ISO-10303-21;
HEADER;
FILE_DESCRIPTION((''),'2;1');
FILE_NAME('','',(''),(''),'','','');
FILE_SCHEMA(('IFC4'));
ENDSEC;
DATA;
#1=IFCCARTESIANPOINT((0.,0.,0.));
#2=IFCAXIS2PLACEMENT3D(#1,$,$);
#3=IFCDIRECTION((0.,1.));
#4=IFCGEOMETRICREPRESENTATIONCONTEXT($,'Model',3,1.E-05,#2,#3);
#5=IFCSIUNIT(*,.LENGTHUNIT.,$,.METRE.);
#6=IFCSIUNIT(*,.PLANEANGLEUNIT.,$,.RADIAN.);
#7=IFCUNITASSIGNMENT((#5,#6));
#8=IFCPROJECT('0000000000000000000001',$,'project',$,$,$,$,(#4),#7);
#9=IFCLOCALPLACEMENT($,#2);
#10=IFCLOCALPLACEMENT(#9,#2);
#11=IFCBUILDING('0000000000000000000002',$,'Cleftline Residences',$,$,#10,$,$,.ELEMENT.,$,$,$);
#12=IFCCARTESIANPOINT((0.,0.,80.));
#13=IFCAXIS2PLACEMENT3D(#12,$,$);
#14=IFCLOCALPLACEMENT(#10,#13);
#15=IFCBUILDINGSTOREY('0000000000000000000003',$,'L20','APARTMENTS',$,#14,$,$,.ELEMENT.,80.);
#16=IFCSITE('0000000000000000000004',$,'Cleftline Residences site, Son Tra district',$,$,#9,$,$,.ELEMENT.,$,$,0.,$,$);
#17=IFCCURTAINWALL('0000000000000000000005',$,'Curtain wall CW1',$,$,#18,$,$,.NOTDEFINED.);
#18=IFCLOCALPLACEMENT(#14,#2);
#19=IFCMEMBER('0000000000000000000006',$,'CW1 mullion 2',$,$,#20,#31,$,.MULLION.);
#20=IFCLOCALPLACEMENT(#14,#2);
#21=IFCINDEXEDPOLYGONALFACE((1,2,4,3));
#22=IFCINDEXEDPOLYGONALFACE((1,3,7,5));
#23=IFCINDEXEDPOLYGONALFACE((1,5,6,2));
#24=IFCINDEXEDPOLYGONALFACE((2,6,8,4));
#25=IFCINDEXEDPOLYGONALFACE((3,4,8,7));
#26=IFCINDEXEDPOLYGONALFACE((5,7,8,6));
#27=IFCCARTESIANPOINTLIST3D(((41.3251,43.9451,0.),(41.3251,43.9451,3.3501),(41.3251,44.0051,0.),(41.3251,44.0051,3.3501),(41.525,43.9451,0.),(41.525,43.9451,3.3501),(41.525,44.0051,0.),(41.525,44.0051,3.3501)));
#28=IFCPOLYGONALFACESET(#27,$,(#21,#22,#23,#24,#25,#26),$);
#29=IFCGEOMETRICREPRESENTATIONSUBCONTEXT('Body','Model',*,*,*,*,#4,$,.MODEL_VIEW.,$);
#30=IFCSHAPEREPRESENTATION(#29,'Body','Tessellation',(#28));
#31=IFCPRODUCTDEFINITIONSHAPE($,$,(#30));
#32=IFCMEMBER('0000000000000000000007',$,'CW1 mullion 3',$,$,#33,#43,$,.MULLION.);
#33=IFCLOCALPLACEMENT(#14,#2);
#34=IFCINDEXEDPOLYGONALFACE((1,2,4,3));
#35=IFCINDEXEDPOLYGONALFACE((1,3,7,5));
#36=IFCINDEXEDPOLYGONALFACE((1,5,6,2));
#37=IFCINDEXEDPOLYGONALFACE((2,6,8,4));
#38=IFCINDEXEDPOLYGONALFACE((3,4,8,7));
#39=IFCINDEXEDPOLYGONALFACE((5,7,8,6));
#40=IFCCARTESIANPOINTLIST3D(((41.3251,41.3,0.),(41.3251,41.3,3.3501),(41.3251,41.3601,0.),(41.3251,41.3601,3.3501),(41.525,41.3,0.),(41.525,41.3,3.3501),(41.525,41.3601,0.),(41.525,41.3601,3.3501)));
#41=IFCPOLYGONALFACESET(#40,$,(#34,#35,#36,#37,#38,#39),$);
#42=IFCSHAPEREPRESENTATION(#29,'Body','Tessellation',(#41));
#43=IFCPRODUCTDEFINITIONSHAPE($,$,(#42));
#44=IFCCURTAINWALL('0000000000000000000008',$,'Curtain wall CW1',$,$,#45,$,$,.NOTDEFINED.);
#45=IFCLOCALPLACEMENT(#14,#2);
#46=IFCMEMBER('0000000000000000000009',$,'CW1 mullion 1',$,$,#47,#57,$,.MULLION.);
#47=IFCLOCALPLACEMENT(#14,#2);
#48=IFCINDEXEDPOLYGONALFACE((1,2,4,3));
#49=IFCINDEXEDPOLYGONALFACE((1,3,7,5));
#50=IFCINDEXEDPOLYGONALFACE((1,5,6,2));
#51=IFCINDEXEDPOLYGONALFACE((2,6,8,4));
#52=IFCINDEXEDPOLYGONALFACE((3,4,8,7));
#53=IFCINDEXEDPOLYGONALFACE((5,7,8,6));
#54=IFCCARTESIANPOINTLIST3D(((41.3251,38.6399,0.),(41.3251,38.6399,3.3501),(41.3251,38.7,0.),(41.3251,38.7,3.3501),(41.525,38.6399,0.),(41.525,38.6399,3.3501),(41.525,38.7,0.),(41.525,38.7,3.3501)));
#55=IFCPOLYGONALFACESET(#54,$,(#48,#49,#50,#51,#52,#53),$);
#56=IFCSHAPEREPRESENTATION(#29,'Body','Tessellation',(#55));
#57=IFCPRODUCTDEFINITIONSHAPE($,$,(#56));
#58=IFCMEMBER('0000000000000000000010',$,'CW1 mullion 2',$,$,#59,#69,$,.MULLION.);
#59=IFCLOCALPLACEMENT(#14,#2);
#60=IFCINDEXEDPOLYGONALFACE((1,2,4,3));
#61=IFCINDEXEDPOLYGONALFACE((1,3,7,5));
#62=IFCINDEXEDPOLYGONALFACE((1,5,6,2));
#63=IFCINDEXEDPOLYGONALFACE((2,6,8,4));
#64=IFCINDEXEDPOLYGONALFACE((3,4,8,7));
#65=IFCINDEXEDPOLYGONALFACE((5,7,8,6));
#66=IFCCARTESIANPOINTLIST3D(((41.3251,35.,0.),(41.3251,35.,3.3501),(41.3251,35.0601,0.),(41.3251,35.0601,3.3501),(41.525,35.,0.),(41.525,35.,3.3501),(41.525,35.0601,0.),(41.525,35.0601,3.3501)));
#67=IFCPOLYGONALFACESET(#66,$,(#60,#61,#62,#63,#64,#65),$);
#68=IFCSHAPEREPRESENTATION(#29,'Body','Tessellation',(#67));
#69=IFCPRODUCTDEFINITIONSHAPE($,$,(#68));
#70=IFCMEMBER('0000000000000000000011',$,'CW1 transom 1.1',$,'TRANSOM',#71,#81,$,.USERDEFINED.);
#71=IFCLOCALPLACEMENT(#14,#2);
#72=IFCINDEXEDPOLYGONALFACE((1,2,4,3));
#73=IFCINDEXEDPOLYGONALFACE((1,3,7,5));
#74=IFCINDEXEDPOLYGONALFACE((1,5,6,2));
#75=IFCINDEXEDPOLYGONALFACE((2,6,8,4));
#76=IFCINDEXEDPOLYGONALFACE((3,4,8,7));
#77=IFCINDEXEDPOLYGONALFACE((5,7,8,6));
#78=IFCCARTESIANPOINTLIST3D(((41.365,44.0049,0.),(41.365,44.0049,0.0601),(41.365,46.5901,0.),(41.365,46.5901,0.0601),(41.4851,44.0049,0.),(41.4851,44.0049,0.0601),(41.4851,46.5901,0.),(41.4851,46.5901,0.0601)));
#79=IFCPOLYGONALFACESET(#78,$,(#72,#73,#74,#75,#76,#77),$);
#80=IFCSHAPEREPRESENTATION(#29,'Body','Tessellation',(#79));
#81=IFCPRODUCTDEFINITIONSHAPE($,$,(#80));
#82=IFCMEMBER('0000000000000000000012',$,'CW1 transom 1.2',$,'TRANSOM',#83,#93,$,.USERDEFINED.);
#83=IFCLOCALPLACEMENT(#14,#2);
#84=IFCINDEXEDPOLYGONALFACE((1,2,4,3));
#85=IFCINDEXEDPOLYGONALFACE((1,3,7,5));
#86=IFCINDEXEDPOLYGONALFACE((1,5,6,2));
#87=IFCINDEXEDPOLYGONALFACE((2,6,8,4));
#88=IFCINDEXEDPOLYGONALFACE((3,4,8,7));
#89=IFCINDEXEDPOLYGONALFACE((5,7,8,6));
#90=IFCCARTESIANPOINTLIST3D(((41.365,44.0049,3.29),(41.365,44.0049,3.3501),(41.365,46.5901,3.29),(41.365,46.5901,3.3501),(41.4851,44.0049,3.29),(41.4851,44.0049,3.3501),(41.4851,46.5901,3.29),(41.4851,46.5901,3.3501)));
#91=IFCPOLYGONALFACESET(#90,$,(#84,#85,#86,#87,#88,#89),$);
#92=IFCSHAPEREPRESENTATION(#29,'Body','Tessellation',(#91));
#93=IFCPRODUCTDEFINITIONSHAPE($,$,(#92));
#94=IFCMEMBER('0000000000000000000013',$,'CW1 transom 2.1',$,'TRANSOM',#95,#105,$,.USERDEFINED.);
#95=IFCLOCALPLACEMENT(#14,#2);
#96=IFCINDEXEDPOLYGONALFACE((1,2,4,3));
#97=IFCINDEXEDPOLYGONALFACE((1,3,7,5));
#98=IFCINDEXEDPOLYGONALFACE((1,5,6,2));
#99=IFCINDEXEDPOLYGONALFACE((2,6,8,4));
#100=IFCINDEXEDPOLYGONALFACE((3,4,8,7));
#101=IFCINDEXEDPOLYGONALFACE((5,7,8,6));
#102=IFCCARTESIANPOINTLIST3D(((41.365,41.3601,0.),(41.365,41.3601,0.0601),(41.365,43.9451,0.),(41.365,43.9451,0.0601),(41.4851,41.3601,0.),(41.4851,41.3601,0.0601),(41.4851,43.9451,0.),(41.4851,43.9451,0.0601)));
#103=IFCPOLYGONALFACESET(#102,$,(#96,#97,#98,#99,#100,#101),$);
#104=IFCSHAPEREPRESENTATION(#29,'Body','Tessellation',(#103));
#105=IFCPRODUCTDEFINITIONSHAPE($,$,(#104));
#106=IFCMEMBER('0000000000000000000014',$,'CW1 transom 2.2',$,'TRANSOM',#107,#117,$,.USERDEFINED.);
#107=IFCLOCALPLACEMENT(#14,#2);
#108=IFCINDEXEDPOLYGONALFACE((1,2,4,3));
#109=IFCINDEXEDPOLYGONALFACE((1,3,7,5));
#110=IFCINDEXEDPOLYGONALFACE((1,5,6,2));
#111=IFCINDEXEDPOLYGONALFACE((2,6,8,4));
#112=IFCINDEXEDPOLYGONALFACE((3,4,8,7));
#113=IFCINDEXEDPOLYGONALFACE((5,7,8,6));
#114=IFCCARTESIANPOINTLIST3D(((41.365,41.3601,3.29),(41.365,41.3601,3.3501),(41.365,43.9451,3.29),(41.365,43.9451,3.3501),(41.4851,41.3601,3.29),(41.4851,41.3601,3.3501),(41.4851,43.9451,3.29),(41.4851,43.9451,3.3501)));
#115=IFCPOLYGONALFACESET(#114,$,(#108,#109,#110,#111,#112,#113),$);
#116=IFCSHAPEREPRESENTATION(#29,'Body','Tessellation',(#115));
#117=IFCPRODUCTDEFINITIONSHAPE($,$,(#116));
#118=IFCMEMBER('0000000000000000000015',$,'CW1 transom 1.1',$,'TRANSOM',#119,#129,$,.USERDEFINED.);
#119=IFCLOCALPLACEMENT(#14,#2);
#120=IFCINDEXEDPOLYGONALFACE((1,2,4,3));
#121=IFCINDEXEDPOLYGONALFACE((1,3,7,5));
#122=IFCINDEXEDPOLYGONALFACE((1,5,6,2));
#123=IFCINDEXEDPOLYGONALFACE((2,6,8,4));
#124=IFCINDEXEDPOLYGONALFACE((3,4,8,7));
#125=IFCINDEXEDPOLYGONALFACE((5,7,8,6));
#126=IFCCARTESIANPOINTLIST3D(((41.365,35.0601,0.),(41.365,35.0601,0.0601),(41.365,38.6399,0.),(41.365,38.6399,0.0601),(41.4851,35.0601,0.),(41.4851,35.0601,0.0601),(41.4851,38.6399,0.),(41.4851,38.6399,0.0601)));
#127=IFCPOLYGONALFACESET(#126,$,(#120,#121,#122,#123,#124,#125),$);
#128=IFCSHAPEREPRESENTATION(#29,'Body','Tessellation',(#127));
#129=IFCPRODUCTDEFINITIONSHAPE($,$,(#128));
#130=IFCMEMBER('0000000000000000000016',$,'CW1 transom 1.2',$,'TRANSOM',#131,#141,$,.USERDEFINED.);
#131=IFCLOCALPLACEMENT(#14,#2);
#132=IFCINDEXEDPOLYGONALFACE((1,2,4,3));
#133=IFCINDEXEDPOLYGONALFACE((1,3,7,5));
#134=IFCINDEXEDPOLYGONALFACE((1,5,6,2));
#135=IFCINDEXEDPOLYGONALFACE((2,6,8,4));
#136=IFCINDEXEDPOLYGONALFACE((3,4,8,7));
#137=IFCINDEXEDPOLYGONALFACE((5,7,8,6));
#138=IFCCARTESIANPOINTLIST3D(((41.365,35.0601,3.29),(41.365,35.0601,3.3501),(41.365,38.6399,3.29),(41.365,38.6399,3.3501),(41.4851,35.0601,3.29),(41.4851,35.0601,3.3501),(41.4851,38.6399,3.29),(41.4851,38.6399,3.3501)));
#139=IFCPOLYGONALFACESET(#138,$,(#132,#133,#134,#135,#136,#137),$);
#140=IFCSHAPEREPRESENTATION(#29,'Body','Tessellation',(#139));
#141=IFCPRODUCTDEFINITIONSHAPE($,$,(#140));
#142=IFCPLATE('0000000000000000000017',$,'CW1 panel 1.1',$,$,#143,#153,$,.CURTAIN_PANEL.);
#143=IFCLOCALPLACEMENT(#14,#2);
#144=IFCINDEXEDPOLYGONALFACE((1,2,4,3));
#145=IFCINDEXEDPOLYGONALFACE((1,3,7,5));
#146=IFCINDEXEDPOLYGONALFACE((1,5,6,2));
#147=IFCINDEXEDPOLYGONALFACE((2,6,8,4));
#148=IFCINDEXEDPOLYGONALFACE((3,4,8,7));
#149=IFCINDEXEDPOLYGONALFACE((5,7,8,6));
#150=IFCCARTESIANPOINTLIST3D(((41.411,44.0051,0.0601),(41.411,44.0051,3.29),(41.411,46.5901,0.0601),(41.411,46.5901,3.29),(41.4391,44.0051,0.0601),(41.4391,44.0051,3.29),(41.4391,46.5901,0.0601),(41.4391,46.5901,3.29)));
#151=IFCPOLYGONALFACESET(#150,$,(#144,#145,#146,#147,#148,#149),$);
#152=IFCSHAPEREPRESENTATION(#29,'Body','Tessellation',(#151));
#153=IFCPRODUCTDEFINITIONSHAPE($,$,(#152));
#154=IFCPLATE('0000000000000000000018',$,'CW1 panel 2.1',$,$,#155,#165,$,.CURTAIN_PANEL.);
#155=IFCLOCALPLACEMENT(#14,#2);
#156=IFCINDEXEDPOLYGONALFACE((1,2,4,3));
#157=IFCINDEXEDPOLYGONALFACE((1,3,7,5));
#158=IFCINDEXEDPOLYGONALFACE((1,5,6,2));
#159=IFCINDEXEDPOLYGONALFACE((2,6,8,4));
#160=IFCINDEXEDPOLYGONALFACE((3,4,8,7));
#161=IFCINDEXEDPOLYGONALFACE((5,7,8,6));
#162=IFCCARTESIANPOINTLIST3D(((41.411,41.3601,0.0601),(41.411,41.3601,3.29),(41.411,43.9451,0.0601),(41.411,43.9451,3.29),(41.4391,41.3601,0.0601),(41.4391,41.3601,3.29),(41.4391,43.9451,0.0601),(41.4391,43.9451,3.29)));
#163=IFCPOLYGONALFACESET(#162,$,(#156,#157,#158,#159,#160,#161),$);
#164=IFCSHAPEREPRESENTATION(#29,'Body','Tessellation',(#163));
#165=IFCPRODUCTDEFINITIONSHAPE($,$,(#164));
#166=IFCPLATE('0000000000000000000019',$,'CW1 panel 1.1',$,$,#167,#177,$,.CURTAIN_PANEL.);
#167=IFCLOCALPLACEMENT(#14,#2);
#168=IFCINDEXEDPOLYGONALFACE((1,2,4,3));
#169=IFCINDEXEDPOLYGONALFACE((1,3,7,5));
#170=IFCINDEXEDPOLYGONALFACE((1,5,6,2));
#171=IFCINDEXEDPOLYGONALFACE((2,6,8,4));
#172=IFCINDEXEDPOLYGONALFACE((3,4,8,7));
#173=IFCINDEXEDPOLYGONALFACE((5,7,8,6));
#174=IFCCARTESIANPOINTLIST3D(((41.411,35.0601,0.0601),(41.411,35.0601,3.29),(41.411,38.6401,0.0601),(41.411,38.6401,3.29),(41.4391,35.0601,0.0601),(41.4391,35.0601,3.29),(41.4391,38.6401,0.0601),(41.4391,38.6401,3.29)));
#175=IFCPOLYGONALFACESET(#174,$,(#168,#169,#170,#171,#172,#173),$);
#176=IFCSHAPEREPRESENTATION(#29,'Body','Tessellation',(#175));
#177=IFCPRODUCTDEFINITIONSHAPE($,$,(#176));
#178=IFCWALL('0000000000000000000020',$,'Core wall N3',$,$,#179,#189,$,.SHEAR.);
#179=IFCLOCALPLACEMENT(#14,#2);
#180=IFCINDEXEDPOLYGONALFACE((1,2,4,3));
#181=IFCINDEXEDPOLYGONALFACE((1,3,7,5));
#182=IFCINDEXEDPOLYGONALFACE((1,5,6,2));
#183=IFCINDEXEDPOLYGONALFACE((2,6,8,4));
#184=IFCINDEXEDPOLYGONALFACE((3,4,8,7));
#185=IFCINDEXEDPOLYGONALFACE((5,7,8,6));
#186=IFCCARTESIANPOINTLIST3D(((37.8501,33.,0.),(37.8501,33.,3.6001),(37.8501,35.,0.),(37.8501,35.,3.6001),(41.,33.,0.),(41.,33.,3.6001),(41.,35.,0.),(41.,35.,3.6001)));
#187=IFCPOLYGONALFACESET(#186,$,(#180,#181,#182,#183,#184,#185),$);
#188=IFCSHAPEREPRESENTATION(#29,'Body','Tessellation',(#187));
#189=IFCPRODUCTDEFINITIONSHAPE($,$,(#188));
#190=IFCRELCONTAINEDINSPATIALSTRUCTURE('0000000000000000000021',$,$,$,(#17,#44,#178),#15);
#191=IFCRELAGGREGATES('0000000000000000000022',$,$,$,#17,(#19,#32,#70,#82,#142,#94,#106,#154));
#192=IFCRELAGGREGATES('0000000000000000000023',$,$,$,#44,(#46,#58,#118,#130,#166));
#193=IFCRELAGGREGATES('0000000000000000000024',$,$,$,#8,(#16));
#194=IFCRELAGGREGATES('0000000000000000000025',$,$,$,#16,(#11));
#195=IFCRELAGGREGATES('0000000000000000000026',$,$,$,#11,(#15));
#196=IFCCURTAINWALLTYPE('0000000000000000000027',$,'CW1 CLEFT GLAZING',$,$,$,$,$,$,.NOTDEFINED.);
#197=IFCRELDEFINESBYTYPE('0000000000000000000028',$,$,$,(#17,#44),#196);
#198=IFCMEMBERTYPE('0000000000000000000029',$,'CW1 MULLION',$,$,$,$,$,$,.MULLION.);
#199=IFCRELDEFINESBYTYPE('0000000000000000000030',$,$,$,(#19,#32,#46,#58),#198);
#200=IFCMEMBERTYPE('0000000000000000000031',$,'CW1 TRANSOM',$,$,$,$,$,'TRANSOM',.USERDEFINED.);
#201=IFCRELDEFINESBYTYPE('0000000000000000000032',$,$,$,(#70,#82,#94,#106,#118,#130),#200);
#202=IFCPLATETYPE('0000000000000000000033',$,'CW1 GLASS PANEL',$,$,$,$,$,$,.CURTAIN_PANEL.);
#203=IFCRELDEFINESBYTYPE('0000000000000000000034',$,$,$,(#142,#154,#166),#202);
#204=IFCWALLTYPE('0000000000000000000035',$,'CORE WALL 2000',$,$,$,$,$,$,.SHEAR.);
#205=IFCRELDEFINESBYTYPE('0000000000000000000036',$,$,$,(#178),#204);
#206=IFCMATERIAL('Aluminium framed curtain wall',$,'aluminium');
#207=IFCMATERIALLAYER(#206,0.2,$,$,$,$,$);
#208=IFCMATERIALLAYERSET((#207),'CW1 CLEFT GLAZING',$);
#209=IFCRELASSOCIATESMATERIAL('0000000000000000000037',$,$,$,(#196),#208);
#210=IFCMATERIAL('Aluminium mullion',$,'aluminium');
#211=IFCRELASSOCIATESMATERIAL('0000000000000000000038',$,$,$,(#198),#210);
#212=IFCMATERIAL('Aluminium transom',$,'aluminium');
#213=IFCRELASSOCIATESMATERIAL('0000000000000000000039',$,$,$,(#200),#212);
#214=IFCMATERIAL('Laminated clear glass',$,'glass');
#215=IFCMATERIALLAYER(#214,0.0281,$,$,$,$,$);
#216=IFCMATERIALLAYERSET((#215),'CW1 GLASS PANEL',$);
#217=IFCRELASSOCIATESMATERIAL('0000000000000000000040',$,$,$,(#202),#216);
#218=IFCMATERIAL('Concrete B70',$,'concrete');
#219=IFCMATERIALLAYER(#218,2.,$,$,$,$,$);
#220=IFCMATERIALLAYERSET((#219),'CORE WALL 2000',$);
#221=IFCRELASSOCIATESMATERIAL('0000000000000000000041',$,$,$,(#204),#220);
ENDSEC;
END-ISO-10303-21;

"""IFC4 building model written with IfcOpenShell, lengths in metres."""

from ifc_helpers import new_model, si_unit, direction, frame, frame_2d, origin, origin_2d, place, context, subcontext, project, spatial, rectangle, extrude, material, layer, layer_set, material_profile, profile_set, type_object, element, aggregate, save


model = new_model("IFC4")

# Units and contexts
model_context = context("Model", 3, precision=1e-05, world=origin(), true_north=direction((0.0, 1.0)))
body_context = subcontext(model_context, "Body", "Model", "MODEL_VIEW")
ifc_project = project(units=[si_unit("LENGTHUNIT", "METRE"), si_unit("PLANEANGLEUNIT", "RADIAN")], contexts=[model_context])

# Site, building, storey
site_placement = place(None, origin())
site = spatial("IfcSite", under=ifc_project, at=site_placement, Name="Cleftline Residences site, Son Tra district", CompositionType="ELEMENT", RefElevation=0.0)
building_placement = place(site_placement, origin())
building = spatial("IfcBuilding", under=site, at=building_placement, Name="Cleftline Residences", CompositionType="ELEMENT")
storey_placement = place(building_placement, frame((0.0, 0.0, 80.0)))
storey = spatial("IfcBuildingStorey", under=building, at=storey_placement, Name="L20", Description="APARTMENTS", CompositionType="ELEMENT", Elevation=80.0)

# Curtain walls, members
ifc_material_1 = material(Name="Aluminium framed curtain wall", Category="aluminium")
ifc_layer_1 = layer(ifc_material_1, 0.2)
ifc_layer_set_1 = layer_set([ifc_layer_1], Name="CW1 CLEFT GLAZING")
curtain_wall_type = type_object("IfcCurtainWallType", Name="CW1 CLEFT GLAZING", PredefinedType="NOTDEFINED", material=ifc_layer_set_1)
curtain_wall_1_placement = place(storey_placement, origin())
curtain_wall_1 = element("IfcCurtainWall", 1, at=curtain_wall_1_placement, inside=storey, type_object=curtain_wall_type, Name="Curtain wall CW1", PredefinedType="NOTDEFINED")
ifc_material_2 = material(Name="Aluminium mullion", Category="aluminium")
ifc_material_profile_1 = material_profile(ifc_material_2, rectangle(XDim=0.2, YDim=0.0601, at=origin_2d()))
ifc_profile_set_1 = profile_set([ifc_material_profile_1], Name="Aluminium mullion")
member_type_1 = type_object("IfcMemberType", Name="CW1 MULLION", PredefinedType="MULLION", material=ifc_profile_set_1)
member_1_placement = place(storey_placement, frame((41.425, 43.9751, 0.0), z_axis=(0.0, 0.0, 1.0), x_axis=(1.0, 0.0, 0.0)))
member_1 = element("IfcMember", 2, at=member_1_placement, type_object=member_type_1, Name="CW1 mullion 2", PredefinedType="MULLION", context=body_context, shape_type="SweptSolid", body=[
    extrude(rectangle(XDim=0.2, YDim=0.0601, at=origin_2d()), origin(), (0.0, 0.0, 1.0), 3.3501),
])
member_2_placement = place(storey_placement, frame((41.425, 41.3301, 0.0), z_axis=(0.0, 0.0, 1.0), x_axis=(1.0, 0.0, 0.0)))
member_2 = element("IfcMember", 3, at=member_2_placement, type_object=member_type_1, Name="CW1 mullion 3", PredefinedType="MULLION", context=body_context, shape_type="SweptSolid", body=[
    extrude(rectangle(XDim=0.2, YDim=0.0601, at=origin_2d()), origin(), (0.0, 0.0, 1.0), 3.3501),
])
curtain_wall_2_placement = place(storey_placement, origin())
curtain_wall_2 = element("IfcCurtainWall", 4, at=curtain_wall_2_placement, inside=storey, type_object=curtain_wall_type, Name="Curtain wall CW1", PredefinedType="NOTDEFINED")
member_3_placement = place(storey_placement, frame((41.425, 38.6699, 0.0), z_axis=(0.0, 0.0, 1.0), x_axis=(1.0, 0.0, 0.0)))
member_3 = element("IfcMember", 5, at=member_3_placement, type_object=member_type_1, Name="CW1 mullion 1", PredefinedType="MULLION", context=body_context, shape_type="SweptSolid", body=[
    extrude(rectangle(XDim=0.2, YDim=0.0601, at=origin_2d()), origin(), (0.0, 0.0, 1.0), 3.3501),
])
member_4_placement = place(storey_placement, frame((41.425, 35.03, 0.0), z_axis=(0.0, 0.0, 1.0), x_axis=(1.0, 0.0, 0.0)))
member_4 = element("IfcMember", 6, at=member_4_placement, type_object=member_type_1, Name="CW1 mullion 2", PredefinedType="MULLION", context=body_context, shape_type="SweptSolid", body=[
    extrude(rectangle(XDim=0.2, YDim=0.0601, at=origin_2d()), origin(), (0.0, 0.0, 1.0), 3.3501),
])

# Members
ifc_material_3 = material(Name="Aluminium transom", Category="aluminium")
ifc_material_profile_2 = material_profile(ifc_material_3, rectangle(XDim=0.1201, YDim=0.0601, at=origin_2d()))
ifc_profile_set_2 = profile_set([ifc_material_profile_2], Name="Aluminium transom")
member_type_2 = type_object("IfcMemberType", Name="CW1 TRANSOM", ElementType="TRANSOM", PredefinedType="USERDEFINED", material=ifc_profile_set_2)
member_5_placement = place(storey_placement, frame((41.425, 46.5901, 0.03), z_axis=(0.0, -1.0, 0.0), x_axis=(1.0, 0.0, 0.0)))
member_5 = element("IfcMember", 7, at=member_5_placement, type_object=member_type_2, Name="CW1 transom 1.1", ObjectType="TRANSOM", PredefinedType="USERDEFINED", context=body_context, shape_type="SweptSolid", body=[
    extrude(rectangle(XDim=0.1201, YDim=0.0601, at=origin_2d()), origin(), (0.0, 0.0, 1.0), 2.5852),
])
member_6_placement = place(storey_placement, frame((41.425, 46.5901, 3.3201), z_axis=(0.0, -1.0, 0.0), x_axis=(1.0, 0.0, 0.0)))
member_6 = element("IfcMember", 8, at=member_6_placement, type_object=member_type_2, Name="CW1 transom 1.2", ObjectType="TRANSOM", PredefinedType="USERDEFINED", context=body_context, shape_type="SweptSolid", body=[
    extrude(rectangle(XDim=0.1201, YDim=0.0601, at=origin_2d()), origin(), (0.0, 0.0, 1.0), 2.5852),
])
member_7_placement = place(storey_placement, frame((41.425, 43.9451, 0.03), z_axis=(0.0, -1.0, 0.0), x_axis=(1.0, 0.0, 0.0)))
member_7 = element("IfcMember", 9, at=member_7_placement, type_object=member_type_2, Name="CW1 transom 2.1", ObjectType="TRANSOM", PredefinedType="USERDEFINED", context=body_context, shape_type="SweptSolid", body=[
    extrude(rectangle(XDim=0.1201, YDim=0.0601, at=origin_2d()), origin(), (0.0, 0.0, 1.0), 2.585),
])
member_8_placement = place(storey_placement, frame((41.425, 43.9451, 3.3201), z_axis=(0.0, -1.0, 0.0), x_axis=(1.0, 0.0, 0.0)))
member_8 = element("IfcMember", 10, at=member_8_placement, type_object=member_type_2, Name="CW1 transom 2.2", ObjectType="TRANSOM", PredefinedType="USERDEFINED", context=body_context, shape_type="SweptSolid", body=[
    extrude(rectangle(XDim=0.1201, YDim=0.0601, at=origin_2d()), origin(), (0.0, 0.0, 1.0), 2.585),
])
member_9_placement = place(storey_placement, frame((41.425, 38.6399, 0.03), z_axis=(0.0, -1.0, 0.0), x_axis=(1.0, 0.0, 0.0)))
member_9 = element("IfcMember", 11, at=member_9_placement, type_object=member_type_2, Name="CW1 transom 1.1", ObjectType="TRANSOM", PredefinedType="USERDEFINED", context=body_context, shape_type="SweptSolid", body=[
    extrude(rectangle(XDim=0.1201, YDim=0.0601, at=origin_2d()), origin(), (0.0, 0.0, 1.0), 3.5798),
])
member_10_placement = place(storey_placement, frame((41.425, 38.6399, 3.3201), z_axis=(0.0, -1.0, 0.0), x_axis=(1.0, 0.0, 0.0)))
member_10 = element("IfcMember", 12, at=member_10_placement, type_object=member_type_2, Name="CW1 transom 1.2", ObjectType="TRANSOM", PredefinedType="USERDEFINED", context=body_context, shape_type="SweptSolid", body=[
    extrude(rectangle(XDim=0.1201, YDim=0.0601, at=origin_2d()), origin(), (0.0, 0.0, 1.0), 3.5798),
])

# Plates
ifc_material_4 = material(Name="Laminated clear glass", Category="glass")
ifc_layer_2 = layer(ifc_material_4, 0.0281)
ifc_layer_set_2 = layer_set([ifc_layer_2], Name="CW1 GLASS PANEL")
plate_type = type_object("IfcPlateType", Name="CW1 GLASS PANEL", PredefinedType="CURTAIN_PANEL", material=ifc_layer_set_2)
plate_1_placement = place(storey_placement, frame((41.425, 45.2976, 0.0601), z_axis=(0.0, 0.0, 1.0), x_axis=(0.0, -1.0, 0.0)))
plate_1 = element("IfcPlate", 13, at=plate_1_placement, type_object=plate_type, Name="CW1 panel 1.1", PredefinedType="CURTAIN_PANEL", context=body_context, shape_type="SweptSolid", body=[
    extrude(rectangle(XDim=2.585, YDim=0.0281, at=origin_2d()), origin(), (0.0, 0.0, 1.0), 3.23),
])
plate_2_placement = place(storey_placement, frame((41.425, 42.6526, 0.0601), z_axis=(0.0, 0.0, 1.0), x_axis=(0.0, -1.0, 0.0)))
plate_2 = element("IfcPlate", 14, at=plate_2_placement, type_object=plate_type, Name="CW1 panel 2.1", PredefinedType="CURTAIN_PANEL", context=body_context, shape_type="SweptSolid", body=[
    extrude(rectangle(XDim=2.585, YDim=0.0281, at=origin_2d()), origin(), (0.0, 0.0, 1.0), 3.23),
])
aggregate(curtain_wall_1, [member_1, member_2, member_5, member_6, plate_1, member_7, member_8, plate_2])
plate_3_placement = place(storey_placement, frame((41.425, 36.8501, 0.0601), z_axis=(0.0, 0.0, 1.0), x_axis=(0.0, -1.0, 0.0)))
plate_3 = element("IfcPlate", 15, at=plate_3_placement, type_object=plate_type, Name="CW1 panel 1.1", PredefinedType="CURTAIN_PANEL", context=body_context, shape_type="SweptSolid", body=[
    extrude(rectangle(XDim=3.5801, YDim=0.0281, at=origin_2d()), origin(), (0.0, 0.0, 1.0), 3.23),
])
aggregate(curtain_wall_2, [member_3, member_4, member_9, member_10, plate_3])

# Wall
ifc_material_5 = material(Name="Concrete B70", Category="concrete")
ifc_layer_3 = layer(ifc_material_5, 2.0)
ifc_layer_set_3 = layer_set([ifc_layer_3], Name="CORE WALL 2000")
wall_type_1 = type_object("IfcWallType", Name="CORE WALL 2000", PredefinedType="SHEAR", material=ifc_layer_set_3)
wall_1_placement = place(storey_placement, frame((37.8501, 34.0, 0.0), z_axis=(0.0, 0.0, 1.0), x_axis=(1.0, 0.0, 0.0)))
element("IfcWall", 16, at=wall_1_placement, inside=storey, type_object=wall_type_1, Name="Core wall N3", PredefinedType="SHEAR", context=body_context, shape_type="SweptSolid", body=[
    extrude(rectangle(XDim=3.1499, YDim=2.0, at=frame_2d((1.575, 0.0))), origin(), (0.0, 0.0, 1.0), 3.6001),
])

save(model, "model.ifc")
